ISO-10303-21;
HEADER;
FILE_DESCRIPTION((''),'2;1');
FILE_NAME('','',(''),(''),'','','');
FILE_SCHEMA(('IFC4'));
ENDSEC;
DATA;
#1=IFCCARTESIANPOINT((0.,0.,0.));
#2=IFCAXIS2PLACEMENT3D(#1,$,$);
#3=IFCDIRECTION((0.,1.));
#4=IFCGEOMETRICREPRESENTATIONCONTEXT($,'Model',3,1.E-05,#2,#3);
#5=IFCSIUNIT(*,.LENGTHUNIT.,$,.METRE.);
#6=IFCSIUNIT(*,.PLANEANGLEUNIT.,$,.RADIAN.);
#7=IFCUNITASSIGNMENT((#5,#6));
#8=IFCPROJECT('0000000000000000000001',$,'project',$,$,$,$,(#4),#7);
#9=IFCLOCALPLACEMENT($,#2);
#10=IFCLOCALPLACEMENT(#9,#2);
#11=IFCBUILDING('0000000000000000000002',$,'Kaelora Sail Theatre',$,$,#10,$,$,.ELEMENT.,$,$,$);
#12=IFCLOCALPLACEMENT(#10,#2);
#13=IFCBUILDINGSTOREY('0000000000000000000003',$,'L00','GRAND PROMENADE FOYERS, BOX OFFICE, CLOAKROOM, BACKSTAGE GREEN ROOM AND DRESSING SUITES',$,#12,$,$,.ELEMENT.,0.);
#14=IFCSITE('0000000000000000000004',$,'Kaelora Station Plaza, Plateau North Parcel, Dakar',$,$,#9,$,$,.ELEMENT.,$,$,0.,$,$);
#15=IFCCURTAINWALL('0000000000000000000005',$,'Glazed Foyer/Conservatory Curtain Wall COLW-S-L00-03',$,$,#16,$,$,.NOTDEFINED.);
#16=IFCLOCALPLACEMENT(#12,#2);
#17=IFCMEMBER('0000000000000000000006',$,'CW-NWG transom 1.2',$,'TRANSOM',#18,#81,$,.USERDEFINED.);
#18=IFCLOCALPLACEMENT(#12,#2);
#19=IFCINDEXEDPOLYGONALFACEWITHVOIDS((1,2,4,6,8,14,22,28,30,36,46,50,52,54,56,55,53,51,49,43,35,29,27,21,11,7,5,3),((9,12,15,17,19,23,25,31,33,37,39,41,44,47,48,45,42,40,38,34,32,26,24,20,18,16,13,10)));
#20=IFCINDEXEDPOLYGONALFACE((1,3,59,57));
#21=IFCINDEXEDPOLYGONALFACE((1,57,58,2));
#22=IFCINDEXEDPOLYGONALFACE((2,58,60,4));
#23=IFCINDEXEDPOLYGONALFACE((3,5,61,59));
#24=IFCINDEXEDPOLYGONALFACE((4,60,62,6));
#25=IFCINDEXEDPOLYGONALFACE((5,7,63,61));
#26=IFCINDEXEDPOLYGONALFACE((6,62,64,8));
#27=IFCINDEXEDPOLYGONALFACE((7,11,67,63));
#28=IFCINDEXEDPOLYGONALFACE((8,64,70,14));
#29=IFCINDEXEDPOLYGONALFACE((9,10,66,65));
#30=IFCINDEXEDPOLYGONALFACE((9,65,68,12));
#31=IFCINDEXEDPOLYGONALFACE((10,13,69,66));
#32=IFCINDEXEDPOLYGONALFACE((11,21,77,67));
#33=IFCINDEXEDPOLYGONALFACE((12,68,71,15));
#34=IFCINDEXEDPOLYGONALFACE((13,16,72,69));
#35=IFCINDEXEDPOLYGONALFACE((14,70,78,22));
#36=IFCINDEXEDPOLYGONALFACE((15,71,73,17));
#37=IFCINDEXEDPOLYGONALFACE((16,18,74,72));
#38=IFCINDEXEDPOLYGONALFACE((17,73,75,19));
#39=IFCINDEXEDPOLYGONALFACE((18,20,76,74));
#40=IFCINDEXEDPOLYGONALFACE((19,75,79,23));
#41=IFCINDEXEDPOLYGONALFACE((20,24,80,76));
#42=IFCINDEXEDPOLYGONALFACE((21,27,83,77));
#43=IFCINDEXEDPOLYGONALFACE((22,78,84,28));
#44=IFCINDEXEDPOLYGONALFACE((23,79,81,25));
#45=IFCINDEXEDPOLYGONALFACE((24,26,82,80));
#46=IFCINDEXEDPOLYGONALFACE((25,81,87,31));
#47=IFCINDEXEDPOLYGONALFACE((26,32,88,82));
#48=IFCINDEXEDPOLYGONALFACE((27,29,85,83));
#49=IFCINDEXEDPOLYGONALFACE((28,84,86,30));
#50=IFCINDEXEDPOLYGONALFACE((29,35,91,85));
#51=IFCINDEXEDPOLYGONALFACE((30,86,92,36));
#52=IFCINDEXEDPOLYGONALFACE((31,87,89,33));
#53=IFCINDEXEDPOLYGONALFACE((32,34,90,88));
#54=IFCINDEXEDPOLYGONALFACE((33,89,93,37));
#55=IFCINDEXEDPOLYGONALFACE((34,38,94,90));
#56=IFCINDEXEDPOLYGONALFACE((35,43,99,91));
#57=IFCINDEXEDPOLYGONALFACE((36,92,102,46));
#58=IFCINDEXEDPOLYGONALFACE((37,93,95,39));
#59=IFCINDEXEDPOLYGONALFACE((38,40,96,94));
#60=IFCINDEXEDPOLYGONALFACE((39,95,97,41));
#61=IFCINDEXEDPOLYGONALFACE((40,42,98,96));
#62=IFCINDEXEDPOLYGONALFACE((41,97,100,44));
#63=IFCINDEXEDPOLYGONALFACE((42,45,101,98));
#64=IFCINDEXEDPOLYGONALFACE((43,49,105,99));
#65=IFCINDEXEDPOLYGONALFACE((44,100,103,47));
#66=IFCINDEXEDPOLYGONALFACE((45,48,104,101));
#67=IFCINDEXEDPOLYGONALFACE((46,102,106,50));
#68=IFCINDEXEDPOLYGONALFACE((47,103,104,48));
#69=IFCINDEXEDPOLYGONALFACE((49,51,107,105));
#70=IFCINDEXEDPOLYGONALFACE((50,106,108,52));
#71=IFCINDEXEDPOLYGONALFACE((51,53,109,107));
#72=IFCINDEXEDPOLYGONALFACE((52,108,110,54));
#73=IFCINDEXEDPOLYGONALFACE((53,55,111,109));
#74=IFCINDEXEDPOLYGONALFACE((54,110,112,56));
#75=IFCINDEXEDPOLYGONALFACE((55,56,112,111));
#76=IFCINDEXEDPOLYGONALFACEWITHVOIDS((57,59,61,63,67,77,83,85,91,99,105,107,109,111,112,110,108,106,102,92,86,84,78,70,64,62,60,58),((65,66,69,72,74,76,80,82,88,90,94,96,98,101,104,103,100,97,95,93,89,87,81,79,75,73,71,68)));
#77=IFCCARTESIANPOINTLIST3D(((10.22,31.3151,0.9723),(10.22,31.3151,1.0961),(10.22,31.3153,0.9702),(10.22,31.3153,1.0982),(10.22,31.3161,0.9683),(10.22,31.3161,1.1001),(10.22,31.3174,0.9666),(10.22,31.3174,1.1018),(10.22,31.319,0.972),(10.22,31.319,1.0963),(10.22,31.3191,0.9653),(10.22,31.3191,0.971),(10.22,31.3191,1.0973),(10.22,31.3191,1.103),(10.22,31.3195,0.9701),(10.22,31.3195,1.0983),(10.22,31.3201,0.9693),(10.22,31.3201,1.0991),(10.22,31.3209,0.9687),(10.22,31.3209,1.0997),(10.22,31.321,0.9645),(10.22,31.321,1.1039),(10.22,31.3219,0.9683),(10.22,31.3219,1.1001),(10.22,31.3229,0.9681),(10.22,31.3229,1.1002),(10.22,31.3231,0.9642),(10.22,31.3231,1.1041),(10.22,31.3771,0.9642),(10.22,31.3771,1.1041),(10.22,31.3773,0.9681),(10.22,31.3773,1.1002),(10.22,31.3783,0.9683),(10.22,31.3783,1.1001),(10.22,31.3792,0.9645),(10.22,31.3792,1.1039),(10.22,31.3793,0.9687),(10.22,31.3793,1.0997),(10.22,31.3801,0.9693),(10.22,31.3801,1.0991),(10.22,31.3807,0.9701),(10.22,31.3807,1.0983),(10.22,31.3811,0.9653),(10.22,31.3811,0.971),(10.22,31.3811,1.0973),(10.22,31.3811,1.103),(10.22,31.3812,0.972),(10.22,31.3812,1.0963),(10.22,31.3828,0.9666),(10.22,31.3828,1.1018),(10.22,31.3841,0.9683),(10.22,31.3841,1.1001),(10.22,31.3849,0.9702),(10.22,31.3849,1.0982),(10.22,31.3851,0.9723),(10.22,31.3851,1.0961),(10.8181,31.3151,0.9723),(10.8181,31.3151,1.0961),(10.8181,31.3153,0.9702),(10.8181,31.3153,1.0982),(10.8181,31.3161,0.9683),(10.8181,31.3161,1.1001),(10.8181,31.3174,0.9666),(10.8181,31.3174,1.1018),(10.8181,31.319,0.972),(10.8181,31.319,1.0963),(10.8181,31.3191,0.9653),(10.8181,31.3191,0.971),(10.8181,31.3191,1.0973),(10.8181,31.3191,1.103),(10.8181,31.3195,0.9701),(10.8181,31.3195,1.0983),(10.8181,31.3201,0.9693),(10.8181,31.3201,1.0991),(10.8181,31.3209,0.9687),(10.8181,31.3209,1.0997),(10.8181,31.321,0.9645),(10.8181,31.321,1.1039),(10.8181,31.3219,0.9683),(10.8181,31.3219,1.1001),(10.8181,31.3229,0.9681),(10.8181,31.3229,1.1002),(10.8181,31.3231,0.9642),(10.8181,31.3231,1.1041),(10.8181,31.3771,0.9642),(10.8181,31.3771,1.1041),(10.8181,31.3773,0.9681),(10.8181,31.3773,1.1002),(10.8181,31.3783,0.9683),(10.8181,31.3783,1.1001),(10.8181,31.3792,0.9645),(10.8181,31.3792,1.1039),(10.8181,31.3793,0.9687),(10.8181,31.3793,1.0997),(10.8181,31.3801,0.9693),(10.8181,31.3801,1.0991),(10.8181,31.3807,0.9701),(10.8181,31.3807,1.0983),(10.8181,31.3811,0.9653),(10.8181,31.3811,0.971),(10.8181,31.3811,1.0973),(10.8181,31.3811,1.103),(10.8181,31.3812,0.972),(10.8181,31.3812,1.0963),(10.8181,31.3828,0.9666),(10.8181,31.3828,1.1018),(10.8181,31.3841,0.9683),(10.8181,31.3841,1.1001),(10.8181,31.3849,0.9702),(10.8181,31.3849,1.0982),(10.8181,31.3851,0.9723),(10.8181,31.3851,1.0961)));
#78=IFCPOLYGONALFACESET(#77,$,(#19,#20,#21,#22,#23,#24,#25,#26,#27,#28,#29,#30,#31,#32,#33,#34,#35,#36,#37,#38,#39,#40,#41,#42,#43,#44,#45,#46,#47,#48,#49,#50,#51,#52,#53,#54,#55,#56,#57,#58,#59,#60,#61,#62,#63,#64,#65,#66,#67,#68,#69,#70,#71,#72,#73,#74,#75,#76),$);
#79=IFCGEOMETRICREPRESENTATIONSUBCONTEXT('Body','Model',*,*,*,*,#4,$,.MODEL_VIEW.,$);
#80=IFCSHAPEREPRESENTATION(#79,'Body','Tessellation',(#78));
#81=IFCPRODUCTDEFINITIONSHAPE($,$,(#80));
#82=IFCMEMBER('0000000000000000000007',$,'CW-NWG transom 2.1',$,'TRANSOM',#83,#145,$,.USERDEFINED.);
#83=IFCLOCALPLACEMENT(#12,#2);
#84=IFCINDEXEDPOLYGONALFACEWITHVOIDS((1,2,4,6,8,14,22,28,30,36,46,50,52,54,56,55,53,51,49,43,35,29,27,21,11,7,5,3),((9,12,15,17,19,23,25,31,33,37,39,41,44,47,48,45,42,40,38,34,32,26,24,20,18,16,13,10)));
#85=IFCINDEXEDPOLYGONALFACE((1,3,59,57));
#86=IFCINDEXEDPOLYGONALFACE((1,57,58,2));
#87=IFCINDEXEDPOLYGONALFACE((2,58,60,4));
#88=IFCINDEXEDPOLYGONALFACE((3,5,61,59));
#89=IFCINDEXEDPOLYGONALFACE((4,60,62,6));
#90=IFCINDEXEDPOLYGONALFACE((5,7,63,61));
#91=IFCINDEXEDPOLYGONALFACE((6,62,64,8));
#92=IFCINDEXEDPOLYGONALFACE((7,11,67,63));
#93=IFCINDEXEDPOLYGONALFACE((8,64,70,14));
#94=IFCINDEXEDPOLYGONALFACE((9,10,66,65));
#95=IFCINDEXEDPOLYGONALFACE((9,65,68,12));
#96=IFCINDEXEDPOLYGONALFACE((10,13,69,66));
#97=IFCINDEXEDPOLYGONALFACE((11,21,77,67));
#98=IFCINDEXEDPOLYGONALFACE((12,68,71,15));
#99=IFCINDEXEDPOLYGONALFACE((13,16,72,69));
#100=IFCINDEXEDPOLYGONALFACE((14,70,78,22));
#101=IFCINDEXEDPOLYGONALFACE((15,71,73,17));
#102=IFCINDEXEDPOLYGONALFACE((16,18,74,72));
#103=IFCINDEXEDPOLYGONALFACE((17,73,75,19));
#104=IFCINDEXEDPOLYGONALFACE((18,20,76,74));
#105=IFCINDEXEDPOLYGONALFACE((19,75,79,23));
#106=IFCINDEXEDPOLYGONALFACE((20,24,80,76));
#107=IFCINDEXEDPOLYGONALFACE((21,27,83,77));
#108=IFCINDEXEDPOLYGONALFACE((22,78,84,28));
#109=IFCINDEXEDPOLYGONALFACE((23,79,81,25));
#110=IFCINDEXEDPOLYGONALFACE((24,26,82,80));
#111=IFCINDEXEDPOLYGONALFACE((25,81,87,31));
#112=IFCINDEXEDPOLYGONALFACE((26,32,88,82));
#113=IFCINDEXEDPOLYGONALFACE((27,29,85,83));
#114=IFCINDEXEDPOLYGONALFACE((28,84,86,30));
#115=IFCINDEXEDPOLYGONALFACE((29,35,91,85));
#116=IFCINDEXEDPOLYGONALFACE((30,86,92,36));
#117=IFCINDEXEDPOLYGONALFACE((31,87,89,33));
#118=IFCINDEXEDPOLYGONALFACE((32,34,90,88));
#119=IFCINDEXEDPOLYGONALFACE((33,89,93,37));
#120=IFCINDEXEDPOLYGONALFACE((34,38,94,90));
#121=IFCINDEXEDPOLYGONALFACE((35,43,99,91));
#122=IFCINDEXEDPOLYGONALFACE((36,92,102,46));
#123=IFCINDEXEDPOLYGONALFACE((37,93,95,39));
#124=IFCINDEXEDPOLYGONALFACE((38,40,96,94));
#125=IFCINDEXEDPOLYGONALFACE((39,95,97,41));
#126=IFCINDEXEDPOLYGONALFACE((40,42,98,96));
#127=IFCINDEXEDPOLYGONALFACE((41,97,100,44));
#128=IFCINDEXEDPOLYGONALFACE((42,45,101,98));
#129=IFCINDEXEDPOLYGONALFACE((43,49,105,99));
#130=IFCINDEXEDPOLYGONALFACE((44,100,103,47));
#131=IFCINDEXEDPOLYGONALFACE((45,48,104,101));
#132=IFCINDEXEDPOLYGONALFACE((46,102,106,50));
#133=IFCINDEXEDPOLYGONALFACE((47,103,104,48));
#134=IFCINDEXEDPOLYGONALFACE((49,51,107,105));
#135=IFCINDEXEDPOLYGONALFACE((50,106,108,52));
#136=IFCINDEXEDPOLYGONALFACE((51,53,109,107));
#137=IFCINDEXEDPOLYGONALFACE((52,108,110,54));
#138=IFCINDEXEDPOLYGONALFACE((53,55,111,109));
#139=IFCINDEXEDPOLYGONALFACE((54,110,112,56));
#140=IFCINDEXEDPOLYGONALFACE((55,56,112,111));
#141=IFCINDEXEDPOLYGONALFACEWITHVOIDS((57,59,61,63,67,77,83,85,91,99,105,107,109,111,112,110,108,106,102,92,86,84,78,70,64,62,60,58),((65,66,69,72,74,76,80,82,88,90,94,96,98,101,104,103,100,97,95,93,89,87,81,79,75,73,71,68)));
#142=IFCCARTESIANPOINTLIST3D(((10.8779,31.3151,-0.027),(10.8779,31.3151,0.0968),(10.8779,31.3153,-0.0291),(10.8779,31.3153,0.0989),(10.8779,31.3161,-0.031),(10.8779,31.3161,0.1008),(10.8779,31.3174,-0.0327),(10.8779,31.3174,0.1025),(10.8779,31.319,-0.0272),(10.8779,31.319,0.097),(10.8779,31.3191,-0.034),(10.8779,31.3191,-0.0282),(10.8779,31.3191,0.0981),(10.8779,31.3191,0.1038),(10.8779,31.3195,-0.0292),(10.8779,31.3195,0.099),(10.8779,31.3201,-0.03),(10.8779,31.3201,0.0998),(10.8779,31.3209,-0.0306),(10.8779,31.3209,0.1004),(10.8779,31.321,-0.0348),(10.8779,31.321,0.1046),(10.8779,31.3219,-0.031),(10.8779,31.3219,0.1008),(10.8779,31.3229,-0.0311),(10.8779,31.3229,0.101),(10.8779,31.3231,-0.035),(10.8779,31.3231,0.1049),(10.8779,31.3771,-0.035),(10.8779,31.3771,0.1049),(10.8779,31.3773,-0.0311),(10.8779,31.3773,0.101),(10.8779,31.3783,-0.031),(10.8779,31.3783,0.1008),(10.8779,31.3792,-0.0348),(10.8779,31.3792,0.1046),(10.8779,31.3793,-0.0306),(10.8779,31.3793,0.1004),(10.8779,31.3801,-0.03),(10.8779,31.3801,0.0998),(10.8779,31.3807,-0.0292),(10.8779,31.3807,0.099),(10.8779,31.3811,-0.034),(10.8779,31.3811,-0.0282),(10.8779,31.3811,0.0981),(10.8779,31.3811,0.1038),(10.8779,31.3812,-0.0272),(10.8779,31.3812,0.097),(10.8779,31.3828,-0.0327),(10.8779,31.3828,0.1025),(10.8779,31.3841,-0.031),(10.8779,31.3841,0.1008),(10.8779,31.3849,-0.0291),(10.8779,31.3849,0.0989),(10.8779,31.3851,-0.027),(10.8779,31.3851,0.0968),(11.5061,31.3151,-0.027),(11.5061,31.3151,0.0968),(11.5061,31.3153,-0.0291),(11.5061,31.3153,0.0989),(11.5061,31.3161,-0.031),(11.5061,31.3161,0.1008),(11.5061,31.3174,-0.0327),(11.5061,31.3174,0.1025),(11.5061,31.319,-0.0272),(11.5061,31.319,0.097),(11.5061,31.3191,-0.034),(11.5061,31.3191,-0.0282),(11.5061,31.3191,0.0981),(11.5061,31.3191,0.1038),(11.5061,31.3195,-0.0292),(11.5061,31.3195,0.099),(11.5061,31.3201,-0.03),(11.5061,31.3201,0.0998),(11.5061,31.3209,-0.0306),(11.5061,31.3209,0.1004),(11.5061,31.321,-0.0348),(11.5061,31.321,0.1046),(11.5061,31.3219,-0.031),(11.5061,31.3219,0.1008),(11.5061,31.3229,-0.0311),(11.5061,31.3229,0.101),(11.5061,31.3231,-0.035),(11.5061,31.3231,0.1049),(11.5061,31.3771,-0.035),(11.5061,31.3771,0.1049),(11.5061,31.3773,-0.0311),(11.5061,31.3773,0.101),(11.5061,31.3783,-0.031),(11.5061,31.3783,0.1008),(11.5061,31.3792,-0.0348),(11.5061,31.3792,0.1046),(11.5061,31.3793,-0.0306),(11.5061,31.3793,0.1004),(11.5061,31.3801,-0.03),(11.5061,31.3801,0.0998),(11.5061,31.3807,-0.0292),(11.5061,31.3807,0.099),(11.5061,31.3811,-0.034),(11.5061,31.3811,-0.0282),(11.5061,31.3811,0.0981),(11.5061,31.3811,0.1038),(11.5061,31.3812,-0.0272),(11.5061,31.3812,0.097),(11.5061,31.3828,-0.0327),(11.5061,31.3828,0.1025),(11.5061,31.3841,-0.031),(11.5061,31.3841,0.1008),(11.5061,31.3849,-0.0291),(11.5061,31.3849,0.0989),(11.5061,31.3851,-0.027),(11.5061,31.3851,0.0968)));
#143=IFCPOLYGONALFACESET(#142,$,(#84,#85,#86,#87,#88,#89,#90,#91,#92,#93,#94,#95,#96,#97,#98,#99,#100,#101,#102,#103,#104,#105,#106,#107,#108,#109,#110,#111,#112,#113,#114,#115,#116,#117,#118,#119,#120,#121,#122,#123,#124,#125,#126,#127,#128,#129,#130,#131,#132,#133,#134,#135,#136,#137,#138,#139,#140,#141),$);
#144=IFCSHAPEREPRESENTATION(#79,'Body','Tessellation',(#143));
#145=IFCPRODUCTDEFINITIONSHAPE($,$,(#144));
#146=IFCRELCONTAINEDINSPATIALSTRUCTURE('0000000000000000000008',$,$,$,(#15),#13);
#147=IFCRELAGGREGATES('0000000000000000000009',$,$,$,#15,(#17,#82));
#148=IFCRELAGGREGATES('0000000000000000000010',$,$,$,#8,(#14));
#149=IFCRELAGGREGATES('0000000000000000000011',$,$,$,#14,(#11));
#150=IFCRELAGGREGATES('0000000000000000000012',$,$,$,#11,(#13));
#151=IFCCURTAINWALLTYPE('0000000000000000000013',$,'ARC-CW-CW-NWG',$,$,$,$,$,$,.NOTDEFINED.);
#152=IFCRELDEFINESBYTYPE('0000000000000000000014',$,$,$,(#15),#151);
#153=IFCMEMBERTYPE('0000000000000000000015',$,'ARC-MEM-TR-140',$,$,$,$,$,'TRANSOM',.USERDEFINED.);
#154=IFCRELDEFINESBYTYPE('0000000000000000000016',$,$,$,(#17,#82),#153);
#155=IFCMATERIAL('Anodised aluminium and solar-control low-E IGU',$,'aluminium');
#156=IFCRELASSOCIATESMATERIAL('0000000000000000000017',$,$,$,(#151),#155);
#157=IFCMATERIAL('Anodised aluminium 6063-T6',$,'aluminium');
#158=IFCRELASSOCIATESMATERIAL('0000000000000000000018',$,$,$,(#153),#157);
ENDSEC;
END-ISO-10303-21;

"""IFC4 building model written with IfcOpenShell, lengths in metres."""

from ifc_helpers import new_model, si_unit, direction, frame, origin, origin_2d, place, context, subcontext, project, spatial, hollow_rectangle, extrude, material, material_profile, profile_set, type_object, element, aggregate, save


model = new_model("IFC4")

# Units and contexts
model_context = context("Model", 3, precision=1e-05, world=origin(), true_north=direction((0.0, 1.0)))
body_context = subcontext(model_context, "Body", "Model", "MODEL_VIEW")
ifc_project = project(units=[si_unit("LENGTHUNIT", "METRE"), si_unit("PLANEANGLEUNIT", "RADIAN")], contexts=[model_context])

# Site, building, storey
site_placement = place(None, origin())
site = spatial("IfcSite", under=ifc_project, at=site_placement, Name="Kaelora Station Plaza, Plateau North Parcel, Dakar", CompositionType="ELEMENT", RefElevation=0.0)
building_placement = place(site_placement, origin())
building = spatial("IfcBuilding", under=site, at=building_placement, Name="Kaelora Sail Theatre", CompositionType="ELEMENT")
storey_placement = place(building_placement, origin())
storey = spatial("IfcBuildingStorey", under=building, at=storey_placement, Name="L00", Description="GRAND PROMENADE FOYERS, BOX OFFICE, CLOAKROOM, BACKSTAGE GREEN ROOM AND DRESSING SUITES", CompositionType="ELEMENT", Elevation=0.0)

# Curtain wall
ifc_material_1 = material(Name="Anodised aluminium and solar-control low-E IGU", Category="aluminium")
curtain_wall_type = type_object("IfcCurtainWallType", Name="ARC-CW-CW-NWG", PredefinedType="NOTDEFINED", material=ifc_material_1)
curtain_wall_1_placement = place(storey_placement, origin())
curtain_wall_1 = element("IfcCurtainWall", 1, at=curtain_wall_1_placement, inside=storey, type_object=curtain_wall_type, Name="Glazed Foyer/Conservatory Curtain Wall COLW-S-L00-03", PredefinedType="NOTDEFINED")

# Members
ifc_material_2 = material(Name="Anodised aluminium 6063-T6", Category="aluminium")
ifc_material_profile_1 = material_profile(ifc_material_2, hollow_rectangle(XDim=0.0701, YDim=0.1399, WallThickness=0.0039, InnerFilletRadius=0.0039, OuterFilletRadius=0.0081, at=origin_2d()), Name="ALU-TRAN 70x140x4")
ifc_profile_set_1 = profile_set([ifc_material_profile_1], Name="Anodised aluminium 6063-T6")
member_type_1 = type_object("IfcMemberType", Name="ARC-MEM-TR-140", ElementType="TRANSOM", PredefinedType="USERDEFINED", material=ifc_profile_set_1)
member_1_placement = place(storey_placement, frame((10.22, 31.3501, 1.0342), z_axis=(1.0, 0.0, 0.0), x_axis=(0.0, 1.0, 0.0)))
member_1 = element("IfcMember", 2, at=member_1_placement, type_object=member_type_1, Name="CW-NWG transom 1.2", ObjectType="TRANSOM", PredefinedType="USERDEFINED", context=body_context, shape_type="SweptSolid", body=[
    extrude(hollow_rectangle(XDim=0.0701, YDim=0.1399, WallThickness=0.0039, InnerFilletRadius=0.0039, OuterFilletRadius=0.0081, at=origin_2d()), origin(), (0.0, 0.0, 1.0), 0.5981),
])
member_2_placement = place(storey_placement, frame((10.8779, 31.3501, 0.0349), z_axis=(1.0, 0.0, 0.0), x_axis=(0.0, 1.0, 0.0)))
member_2 = element("IfcMember", 3, at=member_2_placement, type_object=member_type_1, Name="CW-NWG transom 2.1", ObjectType="TRANSOM", PredefinedType="USERDEFINED", context=body_context, shape_type="SweptSolid", body=[
    extrude(hollow_rectangle(XDim=0.0701, YDim=0.1399, WallThickness=0.0039, InnerFilletRadius=0.0039, OuterFilletRadius=0.0081, at=origin_2d()), origin(), (0.0, 0.0, 1.0), 0.6282),
])

aggregate(curtain_wall_1, [member_1, member_2])

save(model, "model.ifc")
